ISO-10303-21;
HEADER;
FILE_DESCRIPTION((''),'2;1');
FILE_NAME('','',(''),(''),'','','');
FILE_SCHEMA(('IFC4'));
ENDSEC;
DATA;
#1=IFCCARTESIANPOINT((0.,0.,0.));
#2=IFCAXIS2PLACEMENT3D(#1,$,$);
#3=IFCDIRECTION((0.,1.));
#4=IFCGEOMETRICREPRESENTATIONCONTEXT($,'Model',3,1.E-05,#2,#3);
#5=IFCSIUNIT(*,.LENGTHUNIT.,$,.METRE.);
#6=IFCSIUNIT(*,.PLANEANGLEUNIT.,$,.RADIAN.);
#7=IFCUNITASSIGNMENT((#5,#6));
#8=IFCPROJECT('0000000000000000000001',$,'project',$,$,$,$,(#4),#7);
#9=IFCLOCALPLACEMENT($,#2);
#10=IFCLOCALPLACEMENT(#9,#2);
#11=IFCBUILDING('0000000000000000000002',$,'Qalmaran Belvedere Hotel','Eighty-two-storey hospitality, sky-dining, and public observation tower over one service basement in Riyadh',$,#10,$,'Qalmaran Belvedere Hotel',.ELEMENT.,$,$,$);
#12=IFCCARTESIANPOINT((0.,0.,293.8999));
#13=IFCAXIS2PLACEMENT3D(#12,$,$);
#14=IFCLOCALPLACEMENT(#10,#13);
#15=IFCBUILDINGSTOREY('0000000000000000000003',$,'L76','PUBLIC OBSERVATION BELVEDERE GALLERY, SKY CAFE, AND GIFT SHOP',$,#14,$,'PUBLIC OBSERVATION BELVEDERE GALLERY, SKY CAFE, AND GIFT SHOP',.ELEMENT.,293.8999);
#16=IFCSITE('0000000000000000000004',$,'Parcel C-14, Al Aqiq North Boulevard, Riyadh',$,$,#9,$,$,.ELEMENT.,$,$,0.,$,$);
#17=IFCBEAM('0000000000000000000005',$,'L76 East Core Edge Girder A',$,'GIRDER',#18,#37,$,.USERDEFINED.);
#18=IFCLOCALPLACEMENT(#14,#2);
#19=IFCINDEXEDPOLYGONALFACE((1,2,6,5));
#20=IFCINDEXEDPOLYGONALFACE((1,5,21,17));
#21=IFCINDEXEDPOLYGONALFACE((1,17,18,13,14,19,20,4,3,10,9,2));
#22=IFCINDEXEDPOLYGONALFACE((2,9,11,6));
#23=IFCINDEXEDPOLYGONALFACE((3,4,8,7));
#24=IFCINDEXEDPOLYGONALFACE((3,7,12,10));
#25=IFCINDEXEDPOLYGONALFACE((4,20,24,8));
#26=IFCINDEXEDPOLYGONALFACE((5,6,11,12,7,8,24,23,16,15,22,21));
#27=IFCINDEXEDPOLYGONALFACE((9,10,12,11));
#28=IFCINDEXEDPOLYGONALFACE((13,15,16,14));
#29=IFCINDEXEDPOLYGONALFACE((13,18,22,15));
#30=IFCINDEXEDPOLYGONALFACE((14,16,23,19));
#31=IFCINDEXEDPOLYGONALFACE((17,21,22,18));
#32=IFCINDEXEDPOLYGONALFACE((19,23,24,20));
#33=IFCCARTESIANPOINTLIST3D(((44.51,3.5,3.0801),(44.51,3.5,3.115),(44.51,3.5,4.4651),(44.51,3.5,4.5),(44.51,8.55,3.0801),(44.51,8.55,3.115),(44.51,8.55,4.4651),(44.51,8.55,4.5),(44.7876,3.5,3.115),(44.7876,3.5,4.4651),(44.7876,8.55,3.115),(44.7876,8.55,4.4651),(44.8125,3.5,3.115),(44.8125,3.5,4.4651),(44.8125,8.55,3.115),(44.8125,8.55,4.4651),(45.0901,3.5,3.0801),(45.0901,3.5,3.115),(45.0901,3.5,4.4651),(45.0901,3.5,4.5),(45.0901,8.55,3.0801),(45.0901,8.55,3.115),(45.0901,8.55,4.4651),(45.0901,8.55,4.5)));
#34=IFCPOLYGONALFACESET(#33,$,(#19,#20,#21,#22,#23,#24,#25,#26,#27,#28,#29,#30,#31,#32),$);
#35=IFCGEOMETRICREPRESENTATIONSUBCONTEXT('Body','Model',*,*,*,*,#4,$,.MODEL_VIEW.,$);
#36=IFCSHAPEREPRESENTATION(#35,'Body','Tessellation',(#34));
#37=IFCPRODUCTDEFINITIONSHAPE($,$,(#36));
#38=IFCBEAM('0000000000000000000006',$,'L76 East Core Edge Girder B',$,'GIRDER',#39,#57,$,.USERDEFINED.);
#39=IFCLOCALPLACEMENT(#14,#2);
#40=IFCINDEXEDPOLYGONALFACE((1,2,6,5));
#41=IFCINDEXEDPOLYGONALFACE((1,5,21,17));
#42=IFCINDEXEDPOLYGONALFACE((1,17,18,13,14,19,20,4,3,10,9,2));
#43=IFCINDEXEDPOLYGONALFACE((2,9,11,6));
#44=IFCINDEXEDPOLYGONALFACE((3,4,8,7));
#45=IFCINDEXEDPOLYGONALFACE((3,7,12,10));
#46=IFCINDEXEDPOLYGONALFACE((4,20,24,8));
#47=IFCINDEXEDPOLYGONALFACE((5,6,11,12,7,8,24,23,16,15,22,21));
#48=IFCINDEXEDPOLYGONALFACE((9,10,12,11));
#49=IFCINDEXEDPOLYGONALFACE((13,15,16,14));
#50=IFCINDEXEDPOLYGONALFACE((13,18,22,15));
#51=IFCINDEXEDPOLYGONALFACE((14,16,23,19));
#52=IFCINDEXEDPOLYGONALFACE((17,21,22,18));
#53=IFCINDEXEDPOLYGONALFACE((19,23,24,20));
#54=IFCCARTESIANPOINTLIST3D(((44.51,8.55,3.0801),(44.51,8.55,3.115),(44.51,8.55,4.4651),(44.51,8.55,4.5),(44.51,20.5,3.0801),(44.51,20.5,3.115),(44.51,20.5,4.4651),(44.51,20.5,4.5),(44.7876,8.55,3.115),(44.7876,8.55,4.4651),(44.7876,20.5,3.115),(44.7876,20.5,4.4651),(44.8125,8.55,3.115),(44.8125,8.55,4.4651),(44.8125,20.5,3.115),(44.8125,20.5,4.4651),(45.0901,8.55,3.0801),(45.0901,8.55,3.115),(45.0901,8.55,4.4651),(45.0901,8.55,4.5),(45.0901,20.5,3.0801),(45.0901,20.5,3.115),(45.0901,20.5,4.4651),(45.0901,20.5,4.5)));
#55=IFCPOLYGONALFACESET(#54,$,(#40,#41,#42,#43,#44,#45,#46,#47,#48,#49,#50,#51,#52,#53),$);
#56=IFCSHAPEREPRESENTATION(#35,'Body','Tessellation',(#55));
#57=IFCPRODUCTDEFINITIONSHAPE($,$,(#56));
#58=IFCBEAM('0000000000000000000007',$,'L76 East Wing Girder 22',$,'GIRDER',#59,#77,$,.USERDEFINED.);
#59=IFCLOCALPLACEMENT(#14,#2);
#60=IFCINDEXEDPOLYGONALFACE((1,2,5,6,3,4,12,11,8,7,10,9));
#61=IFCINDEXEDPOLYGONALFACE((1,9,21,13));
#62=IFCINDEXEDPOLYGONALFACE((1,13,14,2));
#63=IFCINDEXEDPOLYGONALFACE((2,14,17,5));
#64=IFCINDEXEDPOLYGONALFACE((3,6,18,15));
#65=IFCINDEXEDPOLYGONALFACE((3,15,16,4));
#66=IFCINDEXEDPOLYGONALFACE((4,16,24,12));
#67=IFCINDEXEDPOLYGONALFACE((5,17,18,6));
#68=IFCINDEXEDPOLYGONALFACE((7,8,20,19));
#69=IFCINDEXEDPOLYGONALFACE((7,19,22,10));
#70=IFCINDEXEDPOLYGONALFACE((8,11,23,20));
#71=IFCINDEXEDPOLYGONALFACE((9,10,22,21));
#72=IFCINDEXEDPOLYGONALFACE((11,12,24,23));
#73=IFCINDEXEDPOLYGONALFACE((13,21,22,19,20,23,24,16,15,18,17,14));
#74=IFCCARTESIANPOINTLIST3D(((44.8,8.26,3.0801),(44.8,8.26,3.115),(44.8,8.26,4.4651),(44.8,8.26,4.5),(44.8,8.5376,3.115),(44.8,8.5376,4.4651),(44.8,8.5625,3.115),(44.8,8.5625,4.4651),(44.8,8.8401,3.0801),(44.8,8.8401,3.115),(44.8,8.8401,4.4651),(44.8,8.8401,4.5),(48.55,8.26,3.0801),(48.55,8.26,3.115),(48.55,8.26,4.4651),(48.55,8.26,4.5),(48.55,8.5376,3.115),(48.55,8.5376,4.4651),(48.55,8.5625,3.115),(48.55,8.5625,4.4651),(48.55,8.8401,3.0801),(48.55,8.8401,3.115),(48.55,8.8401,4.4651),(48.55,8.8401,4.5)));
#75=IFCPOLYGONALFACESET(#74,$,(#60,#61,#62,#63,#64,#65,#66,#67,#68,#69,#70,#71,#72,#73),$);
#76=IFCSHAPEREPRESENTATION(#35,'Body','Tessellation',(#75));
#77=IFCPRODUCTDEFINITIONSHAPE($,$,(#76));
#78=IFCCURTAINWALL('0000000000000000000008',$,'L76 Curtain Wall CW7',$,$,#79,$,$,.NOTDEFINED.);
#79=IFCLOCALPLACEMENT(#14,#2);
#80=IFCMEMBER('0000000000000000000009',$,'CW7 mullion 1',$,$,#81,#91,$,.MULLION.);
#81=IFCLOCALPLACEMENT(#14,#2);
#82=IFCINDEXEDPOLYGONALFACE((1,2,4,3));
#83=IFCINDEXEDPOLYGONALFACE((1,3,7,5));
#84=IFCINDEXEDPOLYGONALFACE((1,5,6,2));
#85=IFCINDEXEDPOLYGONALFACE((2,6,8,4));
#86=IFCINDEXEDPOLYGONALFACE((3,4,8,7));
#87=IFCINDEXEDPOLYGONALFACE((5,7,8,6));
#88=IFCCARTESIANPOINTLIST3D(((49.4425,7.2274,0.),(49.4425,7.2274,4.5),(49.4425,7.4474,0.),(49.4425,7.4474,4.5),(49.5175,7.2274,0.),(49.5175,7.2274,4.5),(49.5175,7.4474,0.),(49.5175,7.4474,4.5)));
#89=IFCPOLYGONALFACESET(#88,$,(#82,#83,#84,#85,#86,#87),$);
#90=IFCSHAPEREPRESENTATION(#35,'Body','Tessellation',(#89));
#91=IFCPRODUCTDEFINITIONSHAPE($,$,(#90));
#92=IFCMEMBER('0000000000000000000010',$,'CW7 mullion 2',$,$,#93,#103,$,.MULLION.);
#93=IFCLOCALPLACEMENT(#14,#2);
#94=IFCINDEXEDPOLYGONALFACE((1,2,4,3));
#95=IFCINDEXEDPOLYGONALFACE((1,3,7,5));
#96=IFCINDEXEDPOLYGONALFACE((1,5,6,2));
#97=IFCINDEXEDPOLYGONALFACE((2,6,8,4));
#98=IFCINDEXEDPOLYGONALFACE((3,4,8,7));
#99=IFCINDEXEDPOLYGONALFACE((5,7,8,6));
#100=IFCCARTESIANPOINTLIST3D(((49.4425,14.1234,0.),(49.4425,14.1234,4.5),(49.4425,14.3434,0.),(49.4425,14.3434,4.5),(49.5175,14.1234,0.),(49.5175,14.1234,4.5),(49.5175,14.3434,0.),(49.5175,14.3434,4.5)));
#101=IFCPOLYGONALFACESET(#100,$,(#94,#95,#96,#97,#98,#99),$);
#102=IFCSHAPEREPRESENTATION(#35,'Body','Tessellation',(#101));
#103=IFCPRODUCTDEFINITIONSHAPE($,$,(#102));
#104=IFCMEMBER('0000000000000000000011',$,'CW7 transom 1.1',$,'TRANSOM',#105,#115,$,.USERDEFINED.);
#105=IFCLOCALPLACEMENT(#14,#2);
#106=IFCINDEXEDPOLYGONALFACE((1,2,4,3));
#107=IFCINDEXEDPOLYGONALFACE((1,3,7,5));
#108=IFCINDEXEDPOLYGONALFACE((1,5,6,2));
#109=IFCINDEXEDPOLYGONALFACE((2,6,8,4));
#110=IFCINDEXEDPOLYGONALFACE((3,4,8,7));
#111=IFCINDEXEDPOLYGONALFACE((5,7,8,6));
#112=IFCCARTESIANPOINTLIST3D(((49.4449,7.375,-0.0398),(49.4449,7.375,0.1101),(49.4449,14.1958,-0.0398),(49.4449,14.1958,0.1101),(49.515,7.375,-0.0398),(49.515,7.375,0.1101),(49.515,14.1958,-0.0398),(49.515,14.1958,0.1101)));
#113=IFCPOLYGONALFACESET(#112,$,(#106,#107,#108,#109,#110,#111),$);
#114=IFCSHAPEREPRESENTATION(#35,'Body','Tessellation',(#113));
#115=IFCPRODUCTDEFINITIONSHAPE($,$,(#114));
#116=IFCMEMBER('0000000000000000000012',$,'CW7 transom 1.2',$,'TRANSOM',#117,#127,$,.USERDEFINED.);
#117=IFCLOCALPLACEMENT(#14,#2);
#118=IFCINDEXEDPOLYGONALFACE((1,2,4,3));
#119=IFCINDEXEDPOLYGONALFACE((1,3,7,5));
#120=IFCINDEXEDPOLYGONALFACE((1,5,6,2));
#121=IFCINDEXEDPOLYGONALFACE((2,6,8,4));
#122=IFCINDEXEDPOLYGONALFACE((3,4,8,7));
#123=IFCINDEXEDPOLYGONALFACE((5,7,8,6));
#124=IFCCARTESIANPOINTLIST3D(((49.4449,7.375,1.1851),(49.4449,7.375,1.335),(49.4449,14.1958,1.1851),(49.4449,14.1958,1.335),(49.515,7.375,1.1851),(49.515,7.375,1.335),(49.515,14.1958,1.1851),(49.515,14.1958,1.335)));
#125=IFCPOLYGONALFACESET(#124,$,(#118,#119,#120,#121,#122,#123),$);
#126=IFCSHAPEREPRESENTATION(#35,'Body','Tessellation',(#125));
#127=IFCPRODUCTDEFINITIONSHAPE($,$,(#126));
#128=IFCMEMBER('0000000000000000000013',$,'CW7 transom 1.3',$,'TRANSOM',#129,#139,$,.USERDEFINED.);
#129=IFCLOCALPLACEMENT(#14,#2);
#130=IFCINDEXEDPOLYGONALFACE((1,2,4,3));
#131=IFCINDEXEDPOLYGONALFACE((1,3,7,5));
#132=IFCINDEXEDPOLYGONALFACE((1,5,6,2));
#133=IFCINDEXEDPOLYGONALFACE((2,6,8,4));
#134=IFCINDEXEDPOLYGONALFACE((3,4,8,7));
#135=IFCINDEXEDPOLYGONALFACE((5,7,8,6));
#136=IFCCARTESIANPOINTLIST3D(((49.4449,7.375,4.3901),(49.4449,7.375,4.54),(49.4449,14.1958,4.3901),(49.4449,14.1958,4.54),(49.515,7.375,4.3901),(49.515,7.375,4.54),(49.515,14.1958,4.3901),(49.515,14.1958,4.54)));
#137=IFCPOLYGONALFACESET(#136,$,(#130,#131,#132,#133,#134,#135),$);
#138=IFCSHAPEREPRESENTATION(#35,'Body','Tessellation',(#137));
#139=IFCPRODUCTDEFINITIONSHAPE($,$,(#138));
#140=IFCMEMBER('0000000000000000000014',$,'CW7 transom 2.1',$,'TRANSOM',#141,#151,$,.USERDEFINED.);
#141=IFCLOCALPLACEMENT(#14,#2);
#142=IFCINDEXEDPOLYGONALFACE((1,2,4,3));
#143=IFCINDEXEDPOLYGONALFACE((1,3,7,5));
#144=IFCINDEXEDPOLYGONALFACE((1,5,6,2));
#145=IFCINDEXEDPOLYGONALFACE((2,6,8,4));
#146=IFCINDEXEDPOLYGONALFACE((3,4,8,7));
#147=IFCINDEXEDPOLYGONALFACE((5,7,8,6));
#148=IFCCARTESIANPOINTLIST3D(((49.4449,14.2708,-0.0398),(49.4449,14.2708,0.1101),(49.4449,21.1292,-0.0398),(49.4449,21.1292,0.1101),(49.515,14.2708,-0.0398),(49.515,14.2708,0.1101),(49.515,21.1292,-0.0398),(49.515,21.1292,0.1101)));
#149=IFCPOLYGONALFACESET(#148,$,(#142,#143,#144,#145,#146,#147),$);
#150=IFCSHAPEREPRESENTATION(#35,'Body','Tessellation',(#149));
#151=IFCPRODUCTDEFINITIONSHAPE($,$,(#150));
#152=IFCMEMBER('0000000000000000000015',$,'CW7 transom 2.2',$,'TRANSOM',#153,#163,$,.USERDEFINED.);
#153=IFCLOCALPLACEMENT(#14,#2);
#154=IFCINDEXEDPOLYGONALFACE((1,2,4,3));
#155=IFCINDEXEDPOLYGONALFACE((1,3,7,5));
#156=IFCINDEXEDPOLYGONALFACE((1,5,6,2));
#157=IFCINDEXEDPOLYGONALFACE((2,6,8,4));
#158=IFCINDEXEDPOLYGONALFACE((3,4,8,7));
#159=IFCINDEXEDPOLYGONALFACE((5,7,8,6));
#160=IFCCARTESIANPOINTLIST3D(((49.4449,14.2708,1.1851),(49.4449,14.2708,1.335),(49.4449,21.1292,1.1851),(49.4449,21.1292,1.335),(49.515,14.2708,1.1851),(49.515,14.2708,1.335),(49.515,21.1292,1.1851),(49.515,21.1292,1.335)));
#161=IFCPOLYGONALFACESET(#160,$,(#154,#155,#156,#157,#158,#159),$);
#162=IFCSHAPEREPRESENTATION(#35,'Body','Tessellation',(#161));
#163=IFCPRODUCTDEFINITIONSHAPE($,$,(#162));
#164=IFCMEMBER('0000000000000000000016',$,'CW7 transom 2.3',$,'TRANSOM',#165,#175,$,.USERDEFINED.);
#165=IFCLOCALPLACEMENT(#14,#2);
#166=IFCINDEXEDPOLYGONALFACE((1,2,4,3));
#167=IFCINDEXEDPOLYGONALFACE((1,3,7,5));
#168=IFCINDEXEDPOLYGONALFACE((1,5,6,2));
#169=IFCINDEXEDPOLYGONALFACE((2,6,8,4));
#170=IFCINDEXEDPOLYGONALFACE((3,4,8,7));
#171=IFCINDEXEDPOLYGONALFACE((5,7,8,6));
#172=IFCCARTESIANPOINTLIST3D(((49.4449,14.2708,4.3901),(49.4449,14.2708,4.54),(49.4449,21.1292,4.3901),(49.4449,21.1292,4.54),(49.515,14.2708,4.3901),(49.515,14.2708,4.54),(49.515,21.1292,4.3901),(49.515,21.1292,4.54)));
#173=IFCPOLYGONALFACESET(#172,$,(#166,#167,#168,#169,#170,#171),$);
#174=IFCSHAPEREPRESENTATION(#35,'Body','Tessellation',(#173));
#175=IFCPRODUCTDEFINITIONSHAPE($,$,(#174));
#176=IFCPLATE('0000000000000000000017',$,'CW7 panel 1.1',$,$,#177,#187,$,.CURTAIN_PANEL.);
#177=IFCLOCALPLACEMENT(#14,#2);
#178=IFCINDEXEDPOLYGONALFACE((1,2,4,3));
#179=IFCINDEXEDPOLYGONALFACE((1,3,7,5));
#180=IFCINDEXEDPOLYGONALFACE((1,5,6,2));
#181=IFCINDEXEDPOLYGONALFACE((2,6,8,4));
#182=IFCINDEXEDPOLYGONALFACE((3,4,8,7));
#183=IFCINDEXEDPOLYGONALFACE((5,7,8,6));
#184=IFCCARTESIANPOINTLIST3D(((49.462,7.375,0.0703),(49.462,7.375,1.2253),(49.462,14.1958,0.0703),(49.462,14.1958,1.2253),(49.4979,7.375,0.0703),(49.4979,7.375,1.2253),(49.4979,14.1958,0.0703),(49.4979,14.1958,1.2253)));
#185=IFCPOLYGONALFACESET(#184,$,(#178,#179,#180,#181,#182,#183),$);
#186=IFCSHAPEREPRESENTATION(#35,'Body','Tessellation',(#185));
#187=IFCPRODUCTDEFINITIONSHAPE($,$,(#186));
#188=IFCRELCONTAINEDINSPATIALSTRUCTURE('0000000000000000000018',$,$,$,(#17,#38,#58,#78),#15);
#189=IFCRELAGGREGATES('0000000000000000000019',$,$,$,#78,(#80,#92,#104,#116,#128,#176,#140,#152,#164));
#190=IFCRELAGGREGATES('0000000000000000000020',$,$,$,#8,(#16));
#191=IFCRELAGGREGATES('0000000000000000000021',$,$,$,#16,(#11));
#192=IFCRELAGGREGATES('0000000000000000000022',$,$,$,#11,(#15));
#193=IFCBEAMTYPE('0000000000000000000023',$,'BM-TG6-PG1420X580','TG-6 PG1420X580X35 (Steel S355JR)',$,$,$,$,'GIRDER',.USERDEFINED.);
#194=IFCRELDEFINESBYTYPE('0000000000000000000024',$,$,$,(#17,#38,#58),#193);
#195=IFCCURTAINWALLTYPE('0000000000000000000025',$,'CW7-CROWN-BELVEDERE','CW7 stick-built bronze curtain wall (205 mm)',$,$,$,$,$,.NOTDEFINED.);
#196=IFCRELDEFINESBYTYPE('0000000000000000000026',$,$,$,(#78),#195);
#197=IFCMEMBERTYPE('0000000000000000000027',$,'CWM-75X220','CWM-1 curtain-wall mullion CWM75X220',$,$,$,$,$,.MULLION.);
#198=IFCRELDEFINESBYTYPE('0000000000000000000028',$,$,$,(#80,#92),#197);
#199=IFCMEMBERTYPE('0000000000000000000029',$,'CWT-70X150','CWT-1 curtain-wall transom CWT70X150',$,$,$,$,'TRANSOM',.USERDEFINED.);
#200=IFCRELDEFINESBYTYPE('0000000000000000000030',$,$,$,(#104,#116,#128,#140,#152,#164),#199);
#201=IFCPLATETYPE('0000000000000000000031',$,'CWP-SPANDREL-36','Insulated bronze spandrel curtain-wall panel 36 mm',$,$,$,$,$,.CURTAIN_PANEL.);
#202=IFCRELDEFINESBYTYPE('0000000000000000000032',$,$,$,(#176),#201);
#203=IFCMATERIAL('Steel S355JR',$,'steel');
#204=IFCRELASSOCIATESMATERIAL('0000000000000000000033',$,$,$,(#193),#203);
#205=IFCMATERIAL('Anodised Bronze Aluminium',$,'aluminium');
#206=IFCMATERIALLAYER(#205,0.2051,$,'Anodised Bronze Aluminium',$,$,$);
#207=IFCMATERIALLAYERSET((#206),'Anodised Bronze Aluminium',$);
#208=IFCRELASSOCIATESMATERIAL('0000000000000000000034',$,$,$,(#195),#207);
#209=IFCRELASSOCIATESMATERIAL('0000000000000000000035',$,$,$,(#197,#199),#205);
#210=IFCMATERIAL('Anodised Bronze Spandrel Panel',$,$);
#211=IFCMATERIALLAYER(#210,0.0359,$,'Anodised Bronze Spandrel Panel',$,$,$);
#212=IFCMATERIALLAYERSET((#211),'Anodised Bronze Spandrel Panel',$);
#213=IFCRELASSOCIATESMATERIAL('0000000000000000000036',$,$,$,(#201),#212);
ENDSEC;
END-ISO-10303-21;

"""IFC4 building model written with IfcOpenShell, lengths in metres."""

from ifc_helpers import new_model, si_unit, direction, frame, origin, origin_2d, place, context, subcontext, project, spatial, rectangle, i_section, extrude, material, layer, layer_set, material_profile, profile_set, type_object, element, aggregate, save


model = new_model("IFC4")

# Units and contexts
model_context = context("Model", 3, precision=1e-05, world=origin(), true_north=direction((0.0, 1.0)))
body_context = subcontext(model_context, "Body", "Model", "MODEL_VIEW")
ifc_project = project(units=[si_unit("LENGTHUNIT", "METRE"), si_unit("PLANEANGLEUNIT", "RADIAN")], contexts=[model_context])

# Site, building, storey
site_placement = place(None, origin())
site = spatial("IfcSite", under=ifc_project, at=site_placement, Name="Parcel C-14, Al Aqiq North Boulevard, Riyadh", CompositionType="ELEMENT", RefElevation=0.0)
building_placement = place(site_placement, origin())
building = spatial("IfcBuilding", under=site, at=building_placement, Name="Qalmaran Belvedere Hotel", Description="Eighty-two-storey hospitality, sky-dining, and public observation tower over one service basement in Riyadh", LongName="Qalmaran Belvedere Hotel", CompositionType="ELEMENT")
storey_placement = place(building_placement, frame((0.0, 0.0, 293.8999)))
storey = spatial("IfcBuildingStorey", under=building, at=storey_placement, Name="L76", Description="PUBLIC OBSERVATION BELVEDERE GALLERY, SKY CAFE, AND GIFT SHOP", LongName="PUBLIC OBSERVATION BELVEDERE GALLERY, SKY CAFE, AND GIFT SHOP", CompositionType="ELEMENT", Elevation=293.8999)

# Beams
ifc_material_1 = material(Name="Steel S355JR", Category="steel")
ifc_material_profile_1 = material_profile(ifc_material_1, i_section(OverallWidth=0.5801, OverallDepth=1.4199, WebThickness=0.0249, FlangeThickness=0.0349, at=origin_2d()), Name="PG1420X580X35")
ifc_profile_set_1 = profile_set([ifc_material_profile_1], Name="Steel S355JR")
beam_type_1 = type_object("IfcBeamType", Name="BM-TG6-PG1420X580", Description="TG-6 PG1420X580X35 (Steel S355JR)", ElementType="GIRDER", PredefinedType="USERDEFINED", material=ifc_profile_set_1)
beam_1_placement = place(storey_placement, frame((44.8, 3.5, 3.79), z_axis=(0.0, 1.0, 0.0), x_axis=(-1.0, 0.0, 0.0)))
element("IfcBeam", 1, at=beam_1_placement, inside=storey, type_object=beam_type_1, Name="L76 East Core Edge Girder A", ObjectType="GIRDER", PredefinedType="USERDEFINED", context=body_context, shape_type="SweptSolid", body=[
    extrude(i_section(OverallWidth=0.5801, OverallDepth=1.4199, WebThickness=0.0249, FlangeThickness=0.0349, at=origin_2d()), origin(), (0.0, 0.0, 1.0), 5.05),
])
beam_2_placement = place(storey_placement, frame((44.8, 8.55, 3.79), z_axis=(0.0, 1.0, 0.0), x_axis=(-1.0, 0.0, 0.0)))
element("IfcBeam", 2, at=beam_2_placement, inside=storey, type_object=beam_type_1, Name="L76 East Core Edge Girder B", ObjectType="GIRDER", PredefinedType="USERDEFINED", context=body_context, shape_type="SweptSolid", body=[
    extrude(i_section(OverallWidth=0.5801, OverallDepth=1.4199, WebThickness=0.0249, FlangeThickness=0.0349, at=origin_2d()), origin(), (0.0, 0.0, 1.0), 11.95),
])
beam_3_placement = place(storey_placement, frame((44.8, 8.55, 3.79), z_axis=(1.0, 0.0, 0.0), x_axis=(0.0, 1.0, 0.0)))
element("IfcBeam", 3, at=beam_3_placement, inside=storey, type_object=beam_type_1, Name="L76 East Wing Girder 22", ObjectType="GIRDER", PredefinedType="USERDEFINED", context=body_context, shape_type="SweptSolid", body=[
    extrude(i_section(OverallWidth=0.5801, OverallDepth=1.4199, WebThickness=0.0249, FlangeThickness=0.0349, at=origin_2d()), origin(), (0.0, 0.0, 1.0), 3.75),
])

# Curtain wall, members, plate
ifc_material_2 = material(Name="Anodised Bronze Aluminium", Category="aluminium")
ifc_layer_1 = layer(ifc_material_2, 0.2051, Name="Anodised Bronze Aluminium")
ifc_layer_set_1 = layer_set([ifc_layer_1], Name="Anodised Bronze Aluminium")
curtain_wall_type = type_object("IfcCurtainWallType", Name="CW7-CROWN-BELVEDERE", Description="CW7 stick-built bronze curtain wall (205 mm)", PredefinedType="NOTDEFINED", material=ifc_layer_set_1)
curtain_wall_placement = place(storey_placement, origin())
curtain_wall = element("IfcCurtainWall", 4, at=curtain_wall_placement, inside=storey, type_object=curtain_wall_type, Name="L76 Curtain Wall CW7", PredefinedType="NOTDEFINED")
ifc_material_profile_2 = material_profile(ifc_material_2, rectangle(XDim=0.075, YDim=0.22, at=origin_2d()), Name="CWM75X220")
ifc_profile_set_2 = profile_set([ifc_material_profile_2], Name="Anodised Bronze Aluminium")
member_type_1 = type_object("IfcMemberType", Name="CWM-75X220", Description="CWM-1 curtain-wall mullion CWM75X220", PredefinedType="MULLION", material=ifc_profile_set_2)
member_1_placement = place(storey_placement, frame((49.48, 7.3374, 0.0), z_axis=(0.0, 0.0, 1.0), x_axis=(-1.0, 0.0, 0.0)))
member_1 = element("IfcMember", 5, at=member_1_placement, type_object=member_type_1, Name="CW7 mullion 1", PredefinedType="MULLION", context=body_context, shape_type="SweptSolid", body=[
    extrude(rectangle(XDim=0.075, YDim=0.22, at=origin_2d()), origin(), (0.0, 0.0, 1.0), 4.5),
])
member_2_placement = place(storey_placement, frame((49.48, 14.2334, 0.0), z_axis=(0.0, 0.0, 1.0), x_axis=(-1.0, 0.0, 0.0)))
member_2 = element("IfcMember", 6, at=member_2_placement, type_object=member_type_1, Name="CW7 mullion 2", PredefinedType="MULLION", context=body_context, shape_type="SweptSolid", body=[
    extrude(rectangle(XDim=0.075, YDim=0.22, at=origin_2d()), origin(), (0.0, 0.0, 1.0), 4.5),
])
ifc_material_profile_3 = material_profile(ifc_material_2, rectangle(XDim=0.0701, YDim=0.1499, at=origin_2d()), Name="CWT70X150")
ifc_profile_set_3 = profile_set([ifc_material_profile_3], Name="Anodised Bronze Aluminium")
member_type_2 = type_object("IfcMemberType", Name="CWT-70X150", Description="CWT-1 curtain-wall transom CWT70X150", ElementType="TRANSOM", PredefinedType="USERDEFINED", material=ifc_profile_set_3)
member_3_placement = place(storey_placement, frame((49.48, 7.375, 0.0352), z_axis=(0.0, 1.0, 0.0), x_axis=(-1.0, 0.0, 0.0)))
member_3 = element("IfcMember", 7, at=member_3_placement, type_object=member_type_2, Name="CW7 transom 1.1", ObjectType="TRANSOM", PredefinedType="USERDEFINED", context=body_context, shape_type="SweptSolid", body=[
    extrude(rectangle(XDim=0.0701, YDim=0.1499, at=origin_2d()), origin(), (0.0, 0.0, 1.0), 6.8208),
])
member_4_placement = place(storey_placement, frame((49.48, 7.375, 1.26), z_axis=(0.0, 1.0, 0.0), x_axis=(-1.0, 0.0, 0.0)))
member_4 = element("IfcMember", 8, at=member_4_placement, type_object=member_type_2, Name="CW7 transom 1.2", ObjectType="TRANSOM", PredefinedType="USERDEFINED", context=body_context, shape_type="SweptSolid", body=[
    extrude(rectangle(XDim=0.0701, YDim=0.1499, at=origin_2d()), origin(), (0.0, 0.0, 1.0), 6.8208),
])
member_5_placement = place(storey_placement, frame((49.48, 7.375, 4.4651), z_axis=(0.0, 1.0, 0.0), x_axis=(-1.0, 0.0, 0.0)))
member_5 = element("IfcMember", 9, at=member_5_placement, type_object=member_type_2, Name="CW7 transom 1.3", ObjectType="TRANSOM", PredefinedType="USERDEFINED", context=body_context, shape_type="SweptSolid", body=[
    extrude(rectangle(XDim=0.0701, YDim=0.1499, at=origin_2d()), origin(), (0.0, 0.0, 1.0), 6.8208),
])
member_6_placement = place(storey_placement, frame((49.48, 14.2708, 0.0352), z_axis=(0.0, 1.0, 0.0), x_axis=(-1.0, 0.0, 0.0)))
member_6 = element("IfcMember", 10, at=member_6_placement, type_object=member_type_2, Name="CW7 transom 2.1", ObjectType="TRANSOM", PredefinedType="USERDEFINED", context=body_context, shape_type="SweptSolid", body=[
    extrude(rectangle(XDim=0.0701, YDim=0.1499, at=origin_2d()), origin(), (0.0, 0.0, 1.0), 6.8584),
])
member_7_placement = place(storey_placement, frame((49.48, 14.2708, 1.26), z_axis=(0.0, 1.0, 0.0), x_axis=(-1.0, 0.0, 0.0)))
member_7 = element("IfcMember", 11, at=member_7_placement, type_object=member_type_2, Name="CW7 transom 2.2", ObjectType="TRANSOM", PredefinedType="USERDEFINED", context=body_context, shape_type="SweptSolid", body=[
    extrude(rectangle(XDim=0.0701, YDim=0.1499, at=origin_2d()), origin(), (0.0, 0.0, 1.0), 6.8584),
])
member_8_placement = place(storey_placement, frame((49.48, 14.2708, 4.4651), z_axis=(0.0, 1.0, 0.0), x_axis=(-1.0, 0.0, 0.0)))
member_8 = element("IfcMember", 12, at=member_8_placement, type_object=member_type_2, Name="CW7 transom 2.3", ObjectType="TRANSOM", PredefinedType="USERDEFINED", context=body_context, shape_type="SweptSolid", body=[
    extrude(rectangle(XDim=0.0701, YDim=0.1499, at=origin_2d()), origin(), (0.0, 0.0, 1.0), 6.8584),
])
ifc_material_3 = material(Name="Anodised Bronze Spandrel Panel")
ifc_layer_2 = layer(ifc_material_3, 0.0359, Name="Anodised Bronze Spandrel Panel")
ifc_layer_set_2 = layer_set([ifc_layer_2], Name="Anodised Bronze Spandrel Panel")
plate_type_1 = type_object("IfcPlateType", Name="CWP-SPANDREL-36", Description="Insulated bronze spandrel curtain-wall panel 36 mm", PredefinedType="CURTAIN_PANEL", material=ifc_layer_set_2)
plate_1_placement = place(storey_placement, frame((49.48, 10.7854, 0.0703), z_axis=(0.0, 0.0, 1.0), x_axis=(0.0, 1.0, 0.0)))
plate_1 = element("IfcPlate", 13, at=plate_1_placement, type_object=plate_type_1, Name="CW7 panel 1.1", PredefinedType="CURTAIN_PANEL", context=body_context, shape_type="SweptSolid", body=[
    extrude(rectangle(XDim=6.8208, YDim=0.0359, at=origin_2d()), origin(), (0.0, 0.0, 1.0), 1.155),
])
aggregate(curtain_wall, [member_1, member_2, member_3, member_4, member_5, plate_1, member_6, member_7, member_8])

save(model, "model.ifc")
